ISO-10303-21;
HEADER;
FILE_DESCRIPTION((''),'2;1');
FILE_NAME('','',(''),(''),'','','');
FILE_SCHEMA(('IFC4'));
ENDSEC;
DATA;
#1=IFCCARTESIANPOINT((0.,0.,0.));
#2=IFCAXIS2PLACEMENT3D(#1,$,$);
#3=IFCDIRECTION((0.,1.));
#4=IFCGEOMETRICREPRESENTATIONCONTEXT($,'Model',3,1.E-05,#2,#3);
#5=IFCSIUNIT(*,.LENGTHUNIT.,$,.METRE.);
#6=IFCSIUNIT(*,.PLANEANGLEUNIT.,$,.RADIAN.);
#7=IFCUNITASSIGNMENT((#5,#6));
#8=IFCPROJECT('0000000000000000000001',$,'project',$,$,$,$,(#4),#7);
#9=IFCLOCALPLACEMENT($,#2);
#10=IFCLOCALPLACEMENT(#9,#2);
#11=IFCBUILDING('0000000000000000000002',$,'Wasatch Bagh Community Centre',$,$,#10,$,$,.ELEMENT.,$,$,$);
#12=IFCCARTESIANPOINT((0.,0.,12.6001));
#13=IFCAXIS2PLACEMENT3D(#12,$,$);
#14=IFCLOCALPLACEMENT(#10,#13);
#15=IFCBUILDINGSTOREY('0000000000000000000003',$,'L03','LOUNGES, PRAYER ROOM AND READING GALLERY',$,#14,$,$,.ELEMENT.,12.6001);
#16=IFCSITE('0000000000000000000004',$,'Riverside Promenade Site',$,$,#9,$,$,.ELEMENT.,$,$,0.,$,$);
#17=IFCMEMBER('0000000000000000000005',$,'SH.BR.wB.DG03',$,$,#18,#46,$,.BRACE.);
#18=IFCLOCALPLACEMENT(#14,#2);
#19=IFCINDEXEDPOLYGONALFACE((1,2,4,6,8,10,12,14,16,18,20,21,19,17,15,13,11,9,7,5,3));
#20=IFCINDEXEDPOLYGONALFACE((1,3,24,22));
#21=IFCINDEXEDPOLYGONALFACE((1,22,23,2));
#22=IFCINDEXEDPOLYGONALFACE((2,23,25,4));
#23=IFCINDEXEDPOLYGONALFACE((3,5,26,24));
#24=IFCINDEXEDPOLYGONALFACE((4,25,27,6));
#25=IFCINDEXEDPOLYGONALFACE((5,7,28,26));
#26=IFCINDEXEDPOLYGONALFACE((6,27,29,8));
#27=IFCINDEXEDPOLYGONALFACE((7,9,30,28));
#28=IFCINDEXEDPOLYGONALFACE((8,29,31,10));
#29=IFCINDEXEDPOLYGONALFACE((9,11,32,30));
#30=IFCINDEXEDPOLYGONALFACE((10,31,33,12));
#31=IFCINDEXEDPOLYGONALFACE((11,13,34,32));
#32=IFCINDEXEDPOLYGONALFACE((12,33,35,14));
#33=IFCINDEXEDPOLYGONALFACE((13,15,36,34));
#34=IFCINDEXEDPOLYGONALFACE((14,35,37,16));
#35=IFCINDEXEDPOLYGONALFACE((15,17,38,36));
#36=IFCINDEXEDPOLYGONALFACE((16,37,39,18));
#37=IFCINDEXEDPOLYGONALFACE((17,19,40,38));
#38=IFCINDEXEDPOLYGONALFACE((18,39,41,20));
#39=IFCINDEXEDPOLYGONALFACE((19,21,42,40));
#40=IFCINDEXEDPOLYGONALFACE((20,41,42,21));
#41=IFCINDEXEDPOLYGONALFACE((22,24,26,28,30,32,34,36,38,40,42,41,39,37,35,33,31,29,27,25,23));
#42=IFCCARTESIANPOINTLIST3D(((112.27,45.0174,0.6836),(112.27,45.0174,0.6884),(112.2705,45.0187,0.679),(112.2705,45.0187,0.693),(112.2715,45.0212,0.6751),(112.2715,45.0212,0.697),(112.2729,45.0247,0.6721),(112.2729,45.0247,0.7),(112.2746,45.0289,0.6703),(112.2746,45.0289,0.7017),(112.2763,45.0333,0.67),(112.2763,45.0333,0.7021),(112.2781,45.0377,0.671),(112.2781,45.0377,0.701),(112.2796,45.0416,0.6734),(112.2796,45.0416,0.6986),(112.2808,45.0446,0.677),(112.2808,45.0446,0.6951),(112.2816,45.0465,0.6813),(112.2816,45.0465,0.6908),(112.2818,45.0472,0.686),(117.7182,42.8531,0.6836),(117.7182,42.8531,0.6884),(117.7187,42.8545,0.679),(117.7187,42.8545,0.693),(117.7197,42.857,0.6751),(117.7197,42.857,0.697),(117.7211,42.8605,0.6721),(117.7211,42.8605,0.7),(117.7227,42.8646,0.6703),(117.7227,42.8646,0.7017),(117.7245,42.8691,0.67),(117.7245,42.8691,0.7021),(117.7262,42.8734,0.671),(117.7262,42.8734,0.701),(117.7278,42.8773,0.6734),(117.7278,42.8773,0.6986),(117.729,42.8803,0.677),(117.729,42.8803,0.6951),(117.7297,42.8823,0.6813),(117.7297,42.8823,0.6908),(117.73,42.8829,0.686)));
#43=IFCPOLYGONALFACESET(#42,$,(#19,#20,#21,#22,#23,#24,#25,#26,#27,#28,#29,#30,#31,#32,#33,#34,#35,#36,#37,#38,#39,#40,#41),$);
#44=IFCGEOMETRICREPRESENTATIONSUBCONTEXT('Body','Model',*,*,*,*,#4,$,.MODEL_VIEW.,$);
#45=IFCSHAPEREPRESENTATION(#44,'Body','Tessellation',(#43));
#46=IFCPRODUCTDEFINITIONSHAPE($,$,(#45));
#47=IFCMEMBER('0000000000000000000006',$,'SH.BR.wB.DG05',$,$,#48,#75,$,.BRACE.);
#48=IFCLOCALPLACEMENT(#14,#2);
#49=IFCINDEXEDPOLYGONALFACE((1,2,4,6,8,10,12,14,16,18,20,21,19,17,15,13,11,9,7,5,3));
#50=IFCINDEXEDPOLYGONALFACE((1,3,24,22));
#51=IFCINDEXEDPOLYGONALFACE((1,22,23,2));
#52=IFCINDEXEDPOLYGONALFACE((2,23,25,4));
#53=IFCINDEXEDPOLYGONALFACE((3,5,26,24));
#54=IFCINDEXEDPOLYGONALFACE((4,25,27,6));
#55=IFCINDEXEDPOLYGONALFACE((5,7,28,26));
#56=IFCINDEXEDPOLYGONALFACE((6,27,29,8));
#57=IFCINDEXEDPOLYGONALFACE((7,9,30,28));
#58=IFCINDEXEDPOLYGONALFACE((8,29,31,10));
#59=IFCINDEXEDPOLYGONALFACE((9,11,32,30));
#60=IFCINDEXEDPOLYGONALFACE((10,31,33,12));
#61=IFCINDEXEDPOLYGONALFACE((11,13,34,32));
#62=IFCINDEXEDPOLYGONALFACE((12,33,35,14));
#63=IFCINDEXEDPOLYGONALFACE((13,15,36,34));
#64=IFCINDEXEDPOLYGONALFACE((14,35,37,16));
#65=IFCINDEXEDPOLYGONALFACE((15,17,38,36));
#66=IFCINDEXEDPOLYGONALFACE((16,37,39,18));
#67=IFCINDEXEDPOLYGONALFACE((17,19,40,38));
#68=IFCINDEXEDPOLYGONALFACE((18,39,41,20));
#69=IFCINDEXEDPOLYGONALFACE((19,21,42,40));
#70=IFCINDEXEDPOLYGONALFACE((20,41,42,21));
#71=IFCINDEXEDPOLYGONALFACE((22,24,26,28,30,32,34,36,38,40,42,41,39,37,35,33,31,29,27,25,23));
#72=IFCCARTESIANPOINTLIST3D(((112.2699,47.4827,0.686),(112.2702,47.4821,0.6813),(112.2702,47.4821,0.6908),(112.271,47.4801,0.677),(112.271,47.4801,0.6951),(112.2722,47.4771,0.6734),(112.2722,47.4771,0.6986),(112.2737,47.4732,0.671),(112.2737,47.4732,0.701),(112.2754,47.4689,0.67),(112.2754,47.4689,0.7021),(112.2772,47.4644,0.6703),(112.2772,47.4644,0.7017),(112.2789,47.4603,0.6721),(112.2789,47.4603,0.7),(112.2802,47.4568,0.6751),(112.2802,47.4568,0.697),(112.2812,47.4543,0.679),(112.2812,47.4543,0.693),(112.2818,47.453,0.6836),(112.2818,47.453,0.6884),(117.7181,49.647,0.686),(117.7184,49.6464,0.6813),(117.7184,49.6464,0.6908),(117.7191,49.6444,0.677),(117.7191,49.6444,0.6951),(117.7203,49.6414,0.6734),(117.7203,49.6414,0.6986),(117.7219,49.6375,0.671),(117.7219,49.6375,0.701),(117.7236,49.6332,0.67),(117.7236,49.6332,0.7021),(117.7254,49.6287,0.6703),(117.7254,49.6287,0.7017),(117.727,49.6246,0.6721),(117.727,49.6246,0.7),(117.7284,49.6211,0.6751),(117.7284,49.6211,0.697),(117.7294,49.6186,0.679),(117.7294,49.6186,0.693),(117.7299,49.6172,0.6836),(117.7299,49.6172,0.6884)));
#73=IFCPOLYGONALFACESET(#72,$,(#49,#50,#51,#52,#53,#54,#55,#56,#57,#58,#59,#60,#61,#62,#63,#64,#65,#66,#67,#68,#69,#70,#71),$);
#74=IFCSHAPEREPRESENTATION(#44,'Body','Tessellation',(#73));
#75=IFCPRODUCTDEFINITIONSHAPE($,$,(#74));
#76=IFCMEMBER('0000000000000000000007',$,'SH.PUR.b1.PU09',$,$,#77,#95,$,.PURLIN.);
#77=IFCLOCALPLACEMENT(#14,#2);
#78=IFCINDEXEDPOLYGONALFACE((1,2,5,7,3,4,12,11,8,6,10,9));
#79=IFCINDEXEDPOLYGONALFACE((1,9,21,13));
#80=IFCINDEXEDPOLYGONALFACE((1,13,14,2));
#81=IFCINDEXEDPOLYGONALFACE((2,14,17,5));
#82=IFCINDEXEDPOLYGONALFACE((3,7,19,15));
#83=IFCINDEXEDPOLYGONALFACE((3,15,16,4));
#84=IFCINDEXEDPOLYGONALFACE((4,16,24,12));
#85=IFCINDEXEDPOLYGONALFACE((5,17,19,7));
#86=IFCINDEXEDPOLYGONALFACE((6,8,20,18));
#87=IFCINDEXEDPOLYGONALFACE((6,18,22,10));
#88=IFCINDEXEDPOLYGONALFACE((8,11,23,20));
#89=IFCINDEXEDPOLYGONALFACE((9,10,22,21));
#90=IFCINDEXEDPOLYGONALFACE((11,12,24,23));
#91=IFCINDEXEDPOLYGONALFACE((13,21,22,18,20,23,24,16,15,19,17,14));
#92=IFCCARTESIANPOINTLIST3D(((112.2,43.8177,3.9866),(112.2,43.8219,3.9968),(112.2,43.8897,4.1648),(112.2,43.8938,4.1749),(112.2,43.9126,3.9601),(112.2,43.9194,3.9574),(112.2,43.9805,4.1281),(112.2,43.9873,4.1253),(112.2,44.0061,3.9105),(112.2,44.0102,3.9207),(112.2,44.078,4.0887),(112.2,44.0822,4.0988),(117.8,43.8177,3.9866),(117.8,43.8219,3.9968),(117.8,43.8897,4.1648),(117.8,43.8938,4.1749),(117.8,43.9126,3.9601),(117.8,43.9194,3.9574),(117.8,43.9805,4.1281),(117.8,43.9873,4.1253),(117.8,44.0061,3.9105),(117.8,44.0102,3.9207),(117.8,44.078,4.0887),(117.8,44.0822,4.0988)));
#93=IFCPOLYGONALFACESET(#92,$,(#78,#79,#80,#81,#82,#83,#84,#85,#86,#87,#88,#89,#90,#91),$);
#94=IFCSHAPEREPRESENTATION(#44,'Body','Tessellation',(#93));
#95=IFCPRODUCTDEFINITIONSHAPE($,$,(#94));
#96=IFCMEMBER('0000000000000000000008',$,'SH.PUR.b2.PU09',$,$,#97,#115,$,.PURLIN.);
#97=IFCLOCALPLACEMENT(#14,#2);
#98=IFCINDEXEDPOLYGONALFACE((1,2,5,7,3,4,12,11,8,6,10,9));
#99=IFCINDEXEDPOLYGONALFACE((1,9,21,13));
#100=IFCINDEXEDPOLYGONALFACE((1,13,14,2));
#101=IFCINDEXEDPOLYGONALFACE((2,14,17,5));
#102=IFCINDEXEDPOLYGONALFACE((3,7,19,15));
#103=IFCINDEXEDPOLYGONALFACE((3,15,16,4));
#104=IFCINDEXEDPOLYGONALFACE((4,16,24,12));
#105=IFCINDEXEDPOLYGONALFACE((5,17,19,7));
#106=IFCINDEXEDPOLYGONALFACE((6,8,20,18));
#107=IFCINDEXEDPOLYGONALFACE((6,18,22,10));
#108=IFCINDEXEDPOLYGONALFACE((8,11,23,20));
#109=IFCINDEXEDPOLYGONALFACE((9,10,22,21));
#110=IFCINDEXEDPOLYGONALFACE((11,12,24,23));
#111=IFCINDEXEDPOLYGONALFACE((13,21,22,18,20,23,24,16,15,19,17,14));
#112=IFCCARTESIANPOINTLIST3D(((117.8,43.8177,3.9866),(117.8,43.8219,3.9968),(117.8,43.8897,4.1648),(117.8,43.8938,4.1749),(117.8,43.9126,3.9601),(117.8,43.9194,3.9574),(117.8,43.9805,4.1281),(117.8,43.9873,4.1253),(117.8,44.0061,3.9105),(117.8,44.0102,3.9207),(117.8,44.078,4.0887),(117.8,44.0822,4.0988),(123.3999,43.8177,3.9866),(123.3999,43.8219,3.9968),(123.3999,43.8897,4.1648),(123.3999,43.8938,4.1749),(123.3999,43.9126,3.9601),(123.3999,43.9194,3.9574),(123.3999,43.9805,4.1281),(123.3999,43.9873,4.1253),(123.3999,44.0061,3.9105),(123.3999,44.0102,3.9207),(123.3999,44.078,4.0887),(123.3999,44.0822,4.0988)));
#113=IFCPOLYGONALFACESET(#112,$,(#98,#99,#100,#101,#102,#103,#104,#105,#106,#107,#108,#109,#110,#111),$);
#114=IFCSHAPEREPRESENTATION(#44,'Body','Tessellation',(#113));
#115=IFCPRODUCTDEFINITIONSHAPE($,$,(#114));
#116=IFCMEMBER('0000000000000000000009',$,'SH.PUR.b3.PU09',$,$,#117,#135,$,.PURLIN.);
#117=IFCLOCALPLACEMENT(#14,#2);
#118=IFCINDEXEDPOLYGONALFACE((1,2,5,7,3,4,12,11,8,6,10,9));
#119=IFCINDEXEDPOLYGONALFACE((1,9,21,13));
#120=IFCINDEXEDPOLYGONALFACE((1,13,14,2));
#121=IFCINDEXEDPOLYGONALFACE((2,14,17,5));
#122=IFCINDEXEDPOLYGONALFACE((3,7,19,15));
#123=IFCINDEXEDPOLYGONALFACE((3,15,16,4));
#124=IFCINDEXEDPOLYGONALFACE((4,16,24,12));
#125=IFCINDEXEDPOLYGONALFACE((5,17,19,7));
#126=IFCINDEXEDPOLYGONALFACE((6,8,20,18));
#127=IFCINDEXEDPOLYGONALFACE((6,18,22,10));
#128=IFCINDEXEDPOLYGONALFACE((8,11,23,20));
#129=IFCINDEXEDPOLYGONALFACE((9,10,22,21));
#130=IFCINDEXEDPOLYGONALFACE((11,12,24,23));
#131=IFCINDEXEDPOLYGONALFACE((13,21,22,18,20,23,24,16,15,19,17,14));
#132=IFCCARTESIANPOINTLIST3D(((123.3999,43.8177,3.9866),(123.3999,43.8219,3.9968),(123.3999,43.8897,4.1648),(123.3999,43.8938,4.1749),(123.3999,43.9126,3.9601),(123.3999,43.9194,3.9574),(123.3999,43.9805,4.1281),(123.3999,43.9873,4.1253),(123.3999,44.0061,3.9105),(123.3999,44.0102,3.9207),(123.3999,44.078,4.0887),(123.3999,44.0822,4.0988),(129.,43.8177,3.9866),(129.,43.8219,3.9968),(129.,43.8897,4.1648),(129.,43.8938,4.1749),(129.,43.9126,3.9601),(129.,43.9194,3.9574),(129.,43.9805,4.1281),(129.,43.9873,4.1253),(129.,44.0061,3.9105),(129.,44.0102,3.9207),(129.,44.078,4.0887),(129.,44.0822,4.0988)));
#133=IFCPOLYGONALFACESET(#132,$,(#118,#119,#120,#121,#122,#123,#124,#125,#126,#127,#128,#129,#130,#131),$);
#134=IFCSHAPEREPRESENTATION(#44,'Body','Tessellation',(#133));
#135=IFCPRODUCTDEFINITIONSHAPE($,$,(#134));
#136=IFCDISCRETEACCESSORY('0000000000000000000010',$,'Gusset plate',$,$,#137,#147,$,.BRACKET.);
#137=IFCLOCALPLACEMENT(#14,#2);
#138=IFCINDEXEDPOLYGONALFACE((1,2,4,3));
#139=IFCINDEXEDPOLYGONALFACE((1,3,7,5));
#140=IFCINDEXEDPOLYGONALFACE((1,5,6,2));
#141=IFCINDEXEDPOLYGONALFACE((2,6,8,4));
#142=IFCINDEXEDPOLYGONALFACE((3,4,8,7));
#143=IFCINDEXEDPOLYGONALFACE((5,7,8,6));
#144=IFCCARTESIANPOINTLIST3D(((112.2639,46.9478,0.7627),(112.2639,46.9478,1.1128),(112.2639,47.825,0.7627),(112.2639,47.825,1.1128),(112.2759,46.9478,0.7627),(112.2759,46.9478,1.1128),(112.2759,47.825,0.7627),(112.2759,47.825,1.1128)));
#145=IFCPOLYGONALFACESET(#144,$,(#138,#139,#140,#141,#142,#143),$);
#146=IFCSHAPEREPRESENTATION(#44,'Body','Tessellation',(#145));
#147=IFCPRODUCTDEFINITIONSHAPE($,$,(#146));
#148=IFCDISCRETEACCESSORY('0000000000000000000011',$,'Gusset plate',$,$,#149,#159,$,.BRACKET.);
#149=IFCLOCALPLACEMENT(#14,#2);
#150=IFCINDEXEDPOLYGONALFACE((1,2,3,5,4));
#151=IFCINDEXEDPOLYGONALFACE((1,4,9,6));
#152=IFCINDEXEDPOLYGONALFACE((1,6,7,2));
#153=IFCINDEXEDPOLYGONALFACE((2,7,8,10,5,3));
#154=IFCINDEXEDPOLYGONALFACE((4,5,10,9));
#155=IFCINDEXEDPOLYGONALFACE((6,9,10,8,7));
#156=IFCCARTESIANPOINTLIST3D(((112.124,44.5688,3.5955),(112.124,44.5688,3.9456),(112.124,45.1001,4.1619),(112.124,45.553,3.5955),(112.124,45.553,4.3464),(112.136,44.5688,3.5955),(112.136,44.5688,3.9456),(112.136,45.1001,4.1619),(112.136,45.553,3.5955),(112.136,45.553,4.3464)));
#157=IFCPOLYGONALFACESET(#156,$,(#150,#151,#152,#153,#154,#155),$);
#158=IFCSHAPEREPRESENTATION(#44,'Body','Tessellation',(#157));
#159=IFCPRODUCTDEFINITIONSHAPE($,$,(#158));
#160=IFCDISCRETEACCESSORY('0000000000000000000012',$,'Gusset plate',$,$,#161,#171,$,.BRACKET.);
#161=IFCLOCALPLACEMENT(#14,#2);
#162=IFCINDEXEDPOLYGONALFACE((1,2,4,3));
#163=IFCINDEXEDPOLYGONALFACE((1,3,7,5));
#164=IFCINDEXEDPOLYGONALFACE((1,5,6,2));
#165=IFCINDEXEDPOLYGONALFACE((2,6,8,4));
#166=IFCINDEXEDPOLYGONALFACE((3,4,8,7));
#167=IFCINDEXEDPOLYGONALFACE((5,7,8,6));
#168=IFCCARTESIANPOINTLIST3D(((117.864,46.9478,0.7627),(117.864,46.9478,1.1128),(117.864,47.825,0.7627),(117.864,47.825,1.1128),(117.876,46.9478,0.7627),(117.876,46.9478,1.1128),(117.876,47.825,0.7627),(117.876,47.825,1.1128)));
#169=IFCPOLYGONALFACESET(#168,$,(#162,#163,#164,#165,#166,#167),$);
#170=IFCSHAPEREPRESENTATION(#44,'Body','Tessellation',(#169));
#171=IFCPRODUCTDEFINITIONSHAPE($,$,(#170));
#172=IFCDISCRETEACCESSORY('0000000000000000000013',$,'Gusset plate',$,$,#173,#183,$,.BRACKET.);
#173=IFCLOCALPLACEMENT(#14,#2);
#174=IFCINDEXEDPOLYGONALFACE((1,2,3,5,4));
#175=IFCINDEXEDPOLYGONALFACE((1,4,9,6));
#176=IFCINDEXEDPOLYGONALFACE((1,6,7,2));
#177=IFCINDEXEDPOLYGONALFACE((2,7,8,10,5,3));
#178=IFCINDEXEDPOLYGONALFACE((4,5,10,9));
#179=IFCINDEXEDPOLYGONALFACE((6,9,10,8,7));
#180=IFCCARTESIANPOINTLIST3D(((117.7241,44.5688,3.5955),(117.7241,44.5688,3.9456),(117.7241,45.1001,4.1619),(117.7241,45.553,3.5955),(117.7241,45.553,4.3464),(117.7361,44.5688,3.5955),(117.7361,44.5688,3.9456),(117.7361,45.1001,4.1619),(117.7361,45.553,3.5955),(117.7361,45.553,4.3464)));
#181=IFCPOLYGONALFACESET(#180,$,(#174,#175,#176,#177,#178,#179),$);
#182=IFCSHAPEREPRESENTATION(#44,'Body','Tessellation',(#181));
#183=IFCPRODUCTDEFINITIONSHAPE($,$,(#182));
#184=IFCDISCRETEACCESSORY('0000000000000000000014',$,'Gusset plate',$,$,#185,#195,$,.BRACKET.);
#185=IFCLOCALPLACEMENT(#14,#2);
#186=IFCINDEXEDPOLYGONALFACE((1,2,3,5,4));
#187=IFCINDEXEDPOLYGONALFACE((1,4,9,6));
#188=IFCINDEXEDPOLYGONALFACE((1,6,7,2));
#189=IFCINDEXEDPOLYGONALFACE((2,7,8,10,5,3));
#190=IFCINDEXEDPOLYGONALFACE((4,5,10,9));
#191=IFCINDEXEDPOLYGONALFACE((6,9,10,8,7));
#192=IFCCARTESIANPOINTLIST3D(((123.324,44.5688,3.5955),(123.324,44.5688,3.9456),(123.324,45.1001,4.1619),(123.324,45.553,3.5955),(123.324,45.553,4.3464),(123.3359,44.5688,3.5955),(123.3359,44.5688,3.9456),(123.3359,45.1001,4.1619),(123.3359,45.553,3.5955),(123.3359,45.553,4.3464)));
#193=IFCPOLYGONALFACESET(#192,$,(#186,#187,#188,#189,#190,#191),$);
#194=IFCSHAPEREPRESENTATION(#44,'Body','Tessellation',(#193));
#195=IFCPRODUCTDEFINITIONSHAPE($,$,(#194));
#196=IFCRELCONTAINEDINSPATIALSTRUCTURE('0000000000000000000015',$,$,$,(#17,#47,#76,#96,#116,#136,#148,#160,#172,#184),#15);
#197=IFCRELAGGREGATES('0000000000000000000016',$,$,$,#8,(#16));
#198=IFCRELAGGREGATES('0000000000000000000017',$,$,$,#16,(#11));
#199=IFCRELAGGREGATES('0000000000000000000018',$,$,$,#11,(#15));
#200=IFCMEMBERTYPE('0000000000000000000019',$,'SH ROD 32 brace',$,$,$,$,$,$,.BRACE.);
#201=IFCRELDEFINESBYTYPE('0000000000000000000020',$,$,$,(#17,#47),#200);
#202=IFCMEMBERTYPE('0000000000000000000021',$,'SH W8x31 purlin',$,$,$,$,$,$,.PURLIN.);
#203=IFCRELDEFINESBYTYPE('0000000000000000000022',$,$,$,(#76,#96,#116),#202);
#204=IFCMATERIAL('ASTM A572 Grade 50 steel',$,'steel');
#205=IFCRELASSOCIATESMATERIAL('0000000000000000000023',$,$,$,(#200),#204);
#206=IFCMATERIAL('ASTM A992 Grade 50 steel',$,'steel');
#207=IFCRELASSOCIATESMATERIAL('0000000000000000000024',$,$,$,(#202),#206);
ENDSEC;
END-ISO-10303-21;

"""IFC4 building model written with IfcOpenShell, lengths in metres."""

from ifc_helpers import new_model, si_unit, direction, frame, origin, origin_2d, place, context, subcontext, project, spatial, polyline, circle, i_section, outline, extrude, material, material_profile, profile_set, type_object, element, save


model = new_model("IFC4")

# Units and contexts
model_context = context("Model", 3, precision=1e-05, world=origin(), true_north=direction((0.0, 1.0)))
body_context = subcontext(model_context, "Body", "Model", "MODEL_VIEW")
ifc_project = project(units=[si_unit("LENGTHUNIT", "METRE"), si_unit("PLANEANGLEUNIT", "RADIAN")], contexts=[model_context])

# Site, building, storey
site_placement = place(None, origin())
site = spatial("IfcSite", under=ifc_project, at=site_placement, Name="Riverside Promenade Site", CompositionType="ELEMENT", RefElevation=0.0)
building_placement = place(site_placement, origin())
building = spatial("IfcBuilding", under=site, at=building_placement, Name="Wasatch Bagh Community Centre", CompositionType="ELEMENT")
storey_placement = place(building_placement, frame((0.0, 0.0, 12.6001)))
storey = spatial("IfcBuildingStorey", under=building, at=storey_placement, Name="L03", Description="LOUNGES, PRAYER ROOM AND READING GALLERY", CompositionType="ELEMENT", Elevation=12.6001)

# Members
ifc_material_1 = material(Name="ASTM A572 Grade 50 steel", Category="steel")
ifc_material_profile_1 = material_profile(ifc_material_1, circle(Radius=0.0161, at=origin_2d()), Name="ROD 32")
ifc_profile_set_1 = profile_set([ifc_material_profile_1], Name="ASTM A572 Grade 50 steel")
member_type_1 = type_object("IfcMemberType", Name="SH ROD 32 brace", PredefinedType="BRACE", material=ifc_profile_set_1)
for number, where, z_axis, x_axis, name in (
    (1, (112.2759, 45.0322, 0.686), (0.929356, -0.369185, 0.0), (0.369185, 0.929356, 0.0), "SH.BR.wB.DG03"),
    (2, (112.2759, 47.4678, 0.686), (0.929356, 0.369185, 0.0), (-0.369185, 0.929356, 0.0), "SH.BR.wB.DG05"),
):
    element("IfcMember", number, at=place(storey_placement, frame(where, z_axis=z_axis, x_axis=x_axis)), inside=storey, type_object=member_type_1, Name=name, PredefinedType="BRACE", context=body_context, shape_type="SweptSolid", body=[
        extrude(circle(Radius=0.0161, at=origin_2d()), origin(), (0.0, 0.0, 1.0), 5.8623),
    ])
ifc_material_2 = material(Name="ASTM A992 Grade 50 steel", Category="steel")
ifc_material_profile_2 = material_profile(ifc_material_2, i_section(OverallWidth=0.2031, OverallDepth=0.2031, WebThickness=0.0073, FlangeThickness=0.011, at=origin_2d()), Name="W8x31")
ifc_profile_set_2 = profile_set([ifc_material_profile_2], Name="ASTM A992 Grade 50 steel")
member_type_2 = type_object("IfcMemberType", Name="SH W8x31 purlin", PredefinedType="PURLIN", material=ifc_profile_set_2)
member_1_placement = place(storey_placement, frame((112.2, 43.95, 4.0427), z_axis=(1.0, 0.0, 0.0), x_axis=(0.0, 0.927184, -0.374607)))
element("IfcMember", 3, at=member_1_placement, inside=storey, type_object=member_type_2, Name="SH.PUR.b1.PU09", PredefinedType="PURLIN", context=body_context, shape_type="SweptSolid", body=[
    extrude(i_section(OverallWidth=0.2031, OverallDepth=0.2031, WebThickness=0.0073, FlangeThickness=0.011, at=origin_2d()), origin(), (0.0, 0.0, 1.0), 5.6001),
])
member_2_placement = place(storey_placement, frame((117.8, 43.95, 4.0427), z_axis=(1.0, 0.0, 0.0), x_axis=(0.0, 0.927184, -0.374607)))
element("IfcMember", 4, at=member_2_placement, inside=storey, type_object=member_type_2, Name="SH.PUR.b2.PU09", PredefinedType="PURLIN", context=body_context, shape_type="SweptSolid", body=[
    extrude(i_section(OverallWidth=0.2031, OverallDepth=0.2031, WebThickness=0.0073, FlangeThickness=0.011, at=origin_2d()), origin(), (0.0, 0.0, 1.0), 5.5999),
])
member_3_placement = place(storey_placement, frame((123.3999, 43.95, 4.0427), z_axis=(1.0, 0.0, 0.0), x_axis=(0.0, 0.927184, -0.374607)))
element("IfcMember", 5, at=member_3_placement, inside=storey, type_object=member_type_2, Name="SH.PUR.b3.PU09", PredefinedType="PURLIN", context=body_context, shape_type="SweptSolid", body=[
    extrude(i_section(OverallWidth=0.2031, OverallDepth=0.2031, WebThickness=0.0073, FlangeThickness=0.011, at=origin_2d()), origin(), (0.0, 0.0, 1.0), 5.6001),
])

# Discrete accessories
discrete_accessory_1_placement = place(storey_placement, frame((112.2759, 46.9478, 0.7627), z_axis=(1.0, 0.0, 0.0), x_axis=(0.0, 1.0, 0.0)))
element("IfcDiscreteAccessory", 6, at=discrete_accessory_1_placement, inside=storey, Name="Gusset plate", PredefinedType="BRACKET", context=body_context, shape_type="SweptSolid", body=[
    extrude(outline(polyline([(0.0, 0.0), (0.8772, 0.0), (0.8772, 0.3501), (0.0, 0.3501), (0.0, 0.0)])), origin(), (0.0, 0.0, -1.0), 0.012),
])
discrete_accessory_2_placement = place(storey_placement, frame((112.124, 44.5688, 3.9456), z_axis=(-1.0, 0.0, 0.0), x_axis=(0.0, 0.926169, 0.377108)))
element("IfcDiscreteAccessory", 7, at=discrete_accessory_2_placement, inside=storey, Name="Gusset plate", PredefinedType="BRACKET", context=body_context, shape_type="SweptSolid", body=[
    extrude(outline(polyline([(0.0, 0.0), (0.5736, 0.0), (1.0626, -0.0002), (0.7794, 0.6954), (-0.132, 0.3242), (0.0, 0.0)])), origin(), (0.0, 0.0, -1.0), 0.012),
])
discrete_accessory_3_placement = place(storey_placement, frame((117.876, 46.9478, 0.7627), z_axis=(1.0, 0.0, 0.0), x_axis=(0.0, 1.0, 0.0)))
element("IfcDiscreteAccessory", 8, at=discrete_accessory_3_placement, inside=storey, Name="Gusset plate", PredefinedType="BRACKET", context=body_context, shape_type="SweptSolid", body=[
    extrude(outline(polyline([(0.0, 0.0), (0.8772, 0.0), (0.8772, 0.3501), (0.0, 0.3501), (0.0, 0.0)])), origin(), (0.0, 0.0, -1.0), 0.012),
])
for number, where, z_axis, x_axis, name in (
    (9, (117.7241, 44.5688, 3.9456), (-1.0, 0.0, 0.0), (0.0, 0.926169, 0.377108), "Gusset plate"),
    (10, (123.324, 44.5688, 3.9456), (-1.0, 0.0, 0.0), (0.0, 0.926169, 0.377108), "Gusset plate"),
):
    element("IfcDiscreteAccessory", number, at=place(storey_placement, frame(where, z_axis=z_axis, x_axis=x_axis)), inside=storey, Name=name, PredefinedType="BRACKET", context=body_context, shape_type="SweptSolid", body=[
        extrude(outline(polyline([(0.0, 0.0), (0.5736, 0.0), (1.0626, -0.0002), (0.7794, 0.6954), (-0.132, 0.3242), (0.0, 0.0)])), origin(), (0.0, 0.0, -1.0), 0.012),
    ])

save(model, "model.ifc")
